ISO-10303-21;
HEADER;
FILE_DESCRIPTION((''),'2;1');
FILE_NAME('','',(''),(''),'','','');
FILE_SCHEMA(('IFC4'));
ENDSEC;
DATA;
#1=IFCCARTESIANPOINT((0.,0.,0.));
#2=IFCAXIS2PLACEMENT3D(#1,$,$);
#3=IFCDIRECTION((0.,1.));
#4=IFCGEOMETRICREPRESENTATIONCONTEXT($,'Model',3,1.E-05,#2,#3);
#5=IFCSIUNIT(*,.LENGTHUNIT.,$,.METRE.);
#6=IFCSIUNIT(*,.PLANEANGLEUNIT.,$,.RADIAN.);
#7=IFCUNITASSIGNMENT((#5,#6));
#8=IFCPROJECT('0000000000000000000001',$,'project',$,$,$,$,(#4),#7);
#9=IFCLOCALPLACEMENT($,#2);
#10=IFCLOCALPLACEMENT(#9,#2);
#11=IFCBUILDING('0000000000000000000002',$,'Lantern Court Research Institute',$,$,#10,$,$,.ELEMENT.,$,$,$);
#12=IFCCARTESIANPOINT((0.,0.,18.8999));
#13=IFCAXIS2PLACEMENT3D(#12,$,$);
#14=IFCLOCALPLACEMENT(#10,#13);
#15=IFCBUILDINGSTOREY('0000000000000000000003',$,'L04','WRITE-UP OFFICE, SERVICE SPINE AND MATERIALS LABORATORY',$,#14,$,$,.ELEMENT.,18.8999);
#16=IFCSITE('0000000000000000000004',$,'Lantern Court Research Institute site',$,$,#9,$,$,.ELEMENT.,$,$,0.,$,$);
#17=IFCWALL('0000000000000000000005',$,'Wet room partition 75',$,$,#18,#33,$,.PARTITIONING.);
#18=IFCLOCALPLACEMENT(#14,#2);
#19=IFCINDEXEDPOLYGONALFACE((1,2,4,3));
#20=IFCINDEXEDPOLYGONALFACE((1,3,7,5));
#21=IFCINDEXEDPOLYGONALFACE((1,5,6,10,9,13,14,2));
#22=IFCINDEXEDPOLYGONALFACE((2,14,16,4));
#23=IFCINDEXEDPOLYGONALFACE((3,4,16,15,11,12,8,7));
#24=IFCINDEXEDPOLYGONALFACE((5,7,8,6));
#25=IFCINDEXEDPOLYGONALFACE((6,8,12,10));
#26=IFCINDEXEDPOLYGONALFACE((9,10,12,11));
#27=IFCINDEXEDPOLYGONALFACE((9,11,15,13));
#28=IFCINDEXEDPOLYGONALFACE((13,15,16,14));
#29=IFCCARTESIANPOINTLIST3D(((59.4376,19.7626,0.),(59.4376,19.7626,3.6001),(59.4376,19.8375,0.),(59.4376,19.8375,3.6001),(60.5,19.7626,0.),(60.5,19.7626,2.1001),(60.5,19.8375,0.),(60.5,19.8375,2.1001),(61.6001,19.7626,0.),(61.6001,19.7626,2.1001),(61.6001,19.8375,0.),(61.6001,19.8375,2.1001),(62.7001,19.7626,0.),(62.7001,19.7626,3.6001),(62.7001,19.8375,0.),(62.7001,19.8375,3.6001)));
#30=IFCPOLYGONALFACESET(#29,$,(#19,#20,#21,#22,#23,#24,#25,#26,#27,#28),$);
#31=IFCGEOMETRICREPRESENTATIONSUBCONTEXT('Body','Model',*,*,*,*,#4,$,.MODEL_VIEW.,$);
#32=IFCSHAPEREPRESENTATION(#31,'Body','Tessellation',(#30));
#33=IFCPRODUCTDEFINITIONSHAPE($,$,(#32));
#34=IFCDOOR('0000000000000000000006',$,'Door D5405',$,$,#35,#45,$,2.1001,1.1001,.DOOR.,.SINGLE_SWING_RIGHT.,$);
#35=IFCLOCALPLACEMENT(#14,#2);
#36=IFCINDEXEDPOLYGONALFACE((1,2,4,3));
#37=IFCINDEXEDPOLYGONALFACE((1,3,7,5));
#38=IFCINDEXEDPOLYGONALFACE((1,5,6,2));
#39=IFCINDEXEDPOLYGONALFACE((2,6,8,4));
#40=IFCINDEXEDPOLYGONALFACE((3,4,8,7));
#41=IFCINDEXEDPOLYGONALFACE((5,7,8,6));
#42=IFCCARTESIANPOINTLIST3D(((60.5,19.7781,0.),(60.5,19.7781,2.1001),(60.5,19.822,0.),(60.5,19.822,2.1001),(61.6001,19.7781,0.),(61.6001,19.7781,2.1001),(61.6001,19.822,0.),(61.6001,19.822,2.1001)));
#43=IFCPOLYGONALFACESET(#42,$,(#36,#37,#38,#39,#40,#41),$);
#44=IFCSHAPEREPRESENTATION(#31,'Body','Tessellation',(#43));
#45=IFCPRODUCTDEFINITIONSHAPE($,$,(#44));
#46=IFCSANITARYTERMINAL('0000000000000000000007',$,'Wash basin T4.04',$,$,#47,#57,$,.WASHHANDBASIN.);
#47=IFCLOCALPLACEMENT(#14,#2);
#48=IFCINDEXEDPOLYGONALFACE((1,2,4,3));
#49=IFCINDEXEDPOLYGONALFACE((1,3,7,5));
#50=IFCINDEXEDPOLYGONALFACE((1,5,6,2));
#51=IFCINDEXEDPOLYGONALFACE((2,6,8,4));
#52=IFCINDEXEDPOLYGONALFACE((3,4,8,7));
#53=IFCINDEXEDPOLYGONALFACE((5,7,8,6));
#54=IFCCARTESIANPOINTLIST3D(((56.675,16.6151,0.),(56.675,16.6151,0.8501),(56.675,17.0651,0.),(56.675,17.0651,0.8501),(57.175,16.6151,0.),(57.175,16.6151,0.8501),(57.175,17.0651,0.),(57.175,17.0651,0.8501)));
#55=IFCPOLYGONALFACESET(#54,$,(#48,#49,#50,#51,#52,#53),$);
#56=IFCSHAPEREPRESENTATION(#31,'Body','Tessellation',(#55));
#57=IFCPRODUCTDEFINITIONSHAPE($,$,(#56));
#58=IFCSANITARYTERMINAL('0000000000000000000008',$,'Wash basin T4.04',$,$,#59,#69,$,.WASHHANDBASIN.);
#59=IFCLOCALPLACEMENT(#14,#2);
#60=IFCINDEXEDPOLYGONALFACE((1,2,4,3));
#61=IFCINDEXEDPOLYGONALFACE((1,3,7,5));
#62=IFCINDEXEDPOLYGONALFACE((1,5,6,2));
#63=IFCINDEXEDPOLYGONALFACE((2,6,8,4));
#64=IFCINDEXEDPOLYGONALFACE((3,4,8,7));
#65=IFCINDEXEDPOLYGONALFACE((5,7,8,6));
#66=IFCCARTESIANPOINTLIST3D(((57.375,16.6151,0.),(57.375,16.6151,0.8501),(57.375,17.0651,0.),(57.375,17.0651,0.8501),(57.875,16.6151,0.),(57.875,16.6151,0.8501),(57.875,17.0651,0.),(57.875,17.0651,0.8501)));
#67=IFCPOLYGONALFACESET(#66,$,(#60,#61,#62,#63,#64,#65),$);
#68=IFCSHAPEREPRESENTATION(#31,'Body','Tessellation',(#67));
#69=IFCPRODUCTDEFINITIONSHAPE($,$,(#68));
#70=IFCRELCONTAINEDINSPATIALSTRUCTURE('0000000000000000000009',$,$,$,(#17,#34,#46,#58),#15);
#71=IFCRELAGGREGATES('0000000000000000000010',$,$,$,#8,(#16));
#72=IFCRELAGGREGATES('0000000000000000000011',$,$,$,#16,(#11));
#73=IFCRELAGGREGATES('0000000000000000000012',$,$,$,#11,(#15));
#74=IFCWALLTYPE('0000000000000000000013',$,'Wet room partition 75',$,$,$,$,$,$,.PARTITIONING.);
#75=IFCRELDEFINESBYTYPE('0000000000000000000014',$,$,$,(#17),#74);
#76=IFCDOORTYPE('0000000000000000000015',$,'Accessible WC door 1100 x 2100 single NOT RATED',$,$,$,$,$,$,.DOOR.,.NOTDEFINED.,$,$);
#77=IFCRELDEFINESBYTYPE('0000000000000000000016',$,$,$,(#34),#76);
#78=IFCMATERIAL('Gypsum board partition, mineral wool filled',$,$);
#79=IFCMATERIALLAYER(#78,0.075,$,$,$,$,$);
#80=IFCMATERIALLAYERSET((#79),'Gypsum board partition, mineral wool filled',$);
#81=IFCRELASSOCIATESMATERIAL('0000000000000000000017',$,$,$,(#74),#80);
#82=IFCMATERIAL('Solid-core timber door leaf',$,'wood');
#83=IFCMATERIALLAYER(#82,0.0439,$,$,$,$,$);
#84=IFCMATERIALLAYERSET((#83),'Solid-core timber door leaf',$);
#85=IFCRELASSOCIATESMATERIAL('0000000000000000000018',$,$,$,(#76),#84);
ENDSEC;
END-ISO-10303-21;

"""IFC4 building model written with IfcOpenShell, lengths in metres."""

from ifc_helpers import new_model, si_unit, direction, frame, frame_2d, origin, origin_2d, place, context, subcontext, project, spatial, rectangle, extrude, material, layer, layer_set, type_object, element, fill, save


model = new_model("IFC4")

# Units and contexts
model_context = context("Model", 3, precision=1e-05, world=origin(), true_north=direction((0.0, 1.0)))
body_context = subcontext(model_context, "Body", "Model", "MODEL_VIEW")
ifc_project = project(units=[si_unit("LENGTHUNIT", "METRE"), si_unit("PLANEANGLEUNIT", "RADIAN")], contexts=[model_context])

# Site, building, storey
site_placement = place(None, origin())
site = spatial("IfcSite", under=ifc_project, at=site_placement, Name="Lantern Court Research Institute site", CompositionType="ELEMENT", RefElevation=0.0)
building_placement = place(site_placement, origin())
building = spatial("IfcBuilding", under=site, at=building_placement, Name="Lantern Court Research Institute", CompositionType="ELEMENT")
storey_placement = place(building_placement, frame((0.0, 0.0, 18.8999)))
storey = spatial("IfcBuildingStorey", under=building, at=storey_placement, Name="L04", Description="WRITE-UP OFFICE, SERVICE SPINE AND MATERIALS LABORATORY", CompositionType="ELEMENT", Elevation=18.8999)

# Shared definitions
ifc_material_1 = material(Name="Gypsum board partition, mineral wool filled")
ifc_layer_1 = layer(ifc_material_1, 0.075)
ifc_layer_set_1 = layer_set([ifc_layer_1], Name="Gypsum board partition, mineral wool filled")
wall_type_1 = type_object("IfcWallType", Name="Wet room partition 75", PredefinedType="PARTITIONING", material=ifc_layer_set_1)

# Wall, opening, door
wall_1_placement = place(storey_placement, frame((59.4375, 19.8, 0.0), z_axis=(0.0, 0.0, 1.0), x_axis=(1.0, 0.0, 0.0)))
wall_1 = element("IfcWall", 1, at=wall_1_placement, inside=storey, type_object=wall_type_1, Name="Wet room partition 75", PredefinedType="PARTITIONING", context=body_context, shape_type="SweptSolid", body=[
    extrude(rectangle(XDim=3.2625, YDim=0.075, at=frame_2d((1.6313, 0.0))), origin(), (0.0, 0.0, 1.0), 3.6001),
])
opening_1_placement = place(wall_1_placement, frame((1.0625, 0.0, 0.0)))
opening_1 = element("IfcOpeningElement", 2, at=opening_1_placement, cuts=wall_1, PredefinedType="OPENING", context=body_context, shape_type="SweptSolid", body=[
    extrude(rectangle(XDim=1.1001, YDim=2.1001, at=frame_2d((0.55, 1.05))), frame((0.0, 0.0474, 0.0), z_axis=(0.0, -1.0, 0.0), x_axis=(1.0, 0.0, 0.0)), (0.0, 0.0, 1.0), 0.095),
])
ifc_material_2 = material(Name="Solid-core timber door leaf", Category="wood")
ifc_layer_2 = layer(ifc_material_2, 0.0439)
ifc_layer_set_2 = layer_set([ifc_layer_2], Name="Solid-core timber door leaf")
door_type_1 = type_object("IfcDoorType", Name="Accessible WC door 1100 x 2100 single NOT RATED", OperationType="NOTDEFINED", PredefinedType="DOOR", material=ifc_layer_set_2)
door_1_placement = place(opening_1_placement, origin())
door_1 = element("IfcDoor", 3, at=door_1_placement, inside=storey, type_object=door_type_1, Name="Door D5405", OperationType="SINGLE_SWING_RIGHT", OverallHeight=2.1001, OverallWidth=1.1001, PredefinedType="DOOR", context=body_context, shape_type="SweptSolid", body=[
    extrude(rectangle(XDim=1.1001, YDim=2.1001, at=frame_2d((0.55, 1.05))), frame((0.0, 0.022, 0.0), z_axis=(0.0, -1.0, 0.0), x_axis=(1.0, 0.0, 0.0)), (0.0, 0.0, 1.0), 0.0439),
])
fill(opening_1, door_1)

# Sanitary terminals
for number, where, z_axis, x_axis, name in (
    (4, (56.925, 16.8401, 0.0), (0.0, 0.0, 1.0), (1.0, 0.0, 0.0), "Wash basin T4.04"),
    (5, (57.625, 16.8401, 0.0), (0.0, 0.0, 1.0), (1.0, 0.0, 0.0), "Wash basin T4.04"),
):
    element("IfcSanitaryTerminal", number, at=place(storey_placement, frame(where, z_axis=z_axis, x_axis=x_axis)), inside=storey, Name=name, PredefinedType="WASHHANDBASIN", context=body_context, shape_type="SweptSolid", body=[
        extrude(rectangle(XDim=0.5, YDim=0.45, at=origin_2d()), origin(), (0.0, 0.0, 1.0), 0.8501),
    ])

save(model, "model.ifc")
